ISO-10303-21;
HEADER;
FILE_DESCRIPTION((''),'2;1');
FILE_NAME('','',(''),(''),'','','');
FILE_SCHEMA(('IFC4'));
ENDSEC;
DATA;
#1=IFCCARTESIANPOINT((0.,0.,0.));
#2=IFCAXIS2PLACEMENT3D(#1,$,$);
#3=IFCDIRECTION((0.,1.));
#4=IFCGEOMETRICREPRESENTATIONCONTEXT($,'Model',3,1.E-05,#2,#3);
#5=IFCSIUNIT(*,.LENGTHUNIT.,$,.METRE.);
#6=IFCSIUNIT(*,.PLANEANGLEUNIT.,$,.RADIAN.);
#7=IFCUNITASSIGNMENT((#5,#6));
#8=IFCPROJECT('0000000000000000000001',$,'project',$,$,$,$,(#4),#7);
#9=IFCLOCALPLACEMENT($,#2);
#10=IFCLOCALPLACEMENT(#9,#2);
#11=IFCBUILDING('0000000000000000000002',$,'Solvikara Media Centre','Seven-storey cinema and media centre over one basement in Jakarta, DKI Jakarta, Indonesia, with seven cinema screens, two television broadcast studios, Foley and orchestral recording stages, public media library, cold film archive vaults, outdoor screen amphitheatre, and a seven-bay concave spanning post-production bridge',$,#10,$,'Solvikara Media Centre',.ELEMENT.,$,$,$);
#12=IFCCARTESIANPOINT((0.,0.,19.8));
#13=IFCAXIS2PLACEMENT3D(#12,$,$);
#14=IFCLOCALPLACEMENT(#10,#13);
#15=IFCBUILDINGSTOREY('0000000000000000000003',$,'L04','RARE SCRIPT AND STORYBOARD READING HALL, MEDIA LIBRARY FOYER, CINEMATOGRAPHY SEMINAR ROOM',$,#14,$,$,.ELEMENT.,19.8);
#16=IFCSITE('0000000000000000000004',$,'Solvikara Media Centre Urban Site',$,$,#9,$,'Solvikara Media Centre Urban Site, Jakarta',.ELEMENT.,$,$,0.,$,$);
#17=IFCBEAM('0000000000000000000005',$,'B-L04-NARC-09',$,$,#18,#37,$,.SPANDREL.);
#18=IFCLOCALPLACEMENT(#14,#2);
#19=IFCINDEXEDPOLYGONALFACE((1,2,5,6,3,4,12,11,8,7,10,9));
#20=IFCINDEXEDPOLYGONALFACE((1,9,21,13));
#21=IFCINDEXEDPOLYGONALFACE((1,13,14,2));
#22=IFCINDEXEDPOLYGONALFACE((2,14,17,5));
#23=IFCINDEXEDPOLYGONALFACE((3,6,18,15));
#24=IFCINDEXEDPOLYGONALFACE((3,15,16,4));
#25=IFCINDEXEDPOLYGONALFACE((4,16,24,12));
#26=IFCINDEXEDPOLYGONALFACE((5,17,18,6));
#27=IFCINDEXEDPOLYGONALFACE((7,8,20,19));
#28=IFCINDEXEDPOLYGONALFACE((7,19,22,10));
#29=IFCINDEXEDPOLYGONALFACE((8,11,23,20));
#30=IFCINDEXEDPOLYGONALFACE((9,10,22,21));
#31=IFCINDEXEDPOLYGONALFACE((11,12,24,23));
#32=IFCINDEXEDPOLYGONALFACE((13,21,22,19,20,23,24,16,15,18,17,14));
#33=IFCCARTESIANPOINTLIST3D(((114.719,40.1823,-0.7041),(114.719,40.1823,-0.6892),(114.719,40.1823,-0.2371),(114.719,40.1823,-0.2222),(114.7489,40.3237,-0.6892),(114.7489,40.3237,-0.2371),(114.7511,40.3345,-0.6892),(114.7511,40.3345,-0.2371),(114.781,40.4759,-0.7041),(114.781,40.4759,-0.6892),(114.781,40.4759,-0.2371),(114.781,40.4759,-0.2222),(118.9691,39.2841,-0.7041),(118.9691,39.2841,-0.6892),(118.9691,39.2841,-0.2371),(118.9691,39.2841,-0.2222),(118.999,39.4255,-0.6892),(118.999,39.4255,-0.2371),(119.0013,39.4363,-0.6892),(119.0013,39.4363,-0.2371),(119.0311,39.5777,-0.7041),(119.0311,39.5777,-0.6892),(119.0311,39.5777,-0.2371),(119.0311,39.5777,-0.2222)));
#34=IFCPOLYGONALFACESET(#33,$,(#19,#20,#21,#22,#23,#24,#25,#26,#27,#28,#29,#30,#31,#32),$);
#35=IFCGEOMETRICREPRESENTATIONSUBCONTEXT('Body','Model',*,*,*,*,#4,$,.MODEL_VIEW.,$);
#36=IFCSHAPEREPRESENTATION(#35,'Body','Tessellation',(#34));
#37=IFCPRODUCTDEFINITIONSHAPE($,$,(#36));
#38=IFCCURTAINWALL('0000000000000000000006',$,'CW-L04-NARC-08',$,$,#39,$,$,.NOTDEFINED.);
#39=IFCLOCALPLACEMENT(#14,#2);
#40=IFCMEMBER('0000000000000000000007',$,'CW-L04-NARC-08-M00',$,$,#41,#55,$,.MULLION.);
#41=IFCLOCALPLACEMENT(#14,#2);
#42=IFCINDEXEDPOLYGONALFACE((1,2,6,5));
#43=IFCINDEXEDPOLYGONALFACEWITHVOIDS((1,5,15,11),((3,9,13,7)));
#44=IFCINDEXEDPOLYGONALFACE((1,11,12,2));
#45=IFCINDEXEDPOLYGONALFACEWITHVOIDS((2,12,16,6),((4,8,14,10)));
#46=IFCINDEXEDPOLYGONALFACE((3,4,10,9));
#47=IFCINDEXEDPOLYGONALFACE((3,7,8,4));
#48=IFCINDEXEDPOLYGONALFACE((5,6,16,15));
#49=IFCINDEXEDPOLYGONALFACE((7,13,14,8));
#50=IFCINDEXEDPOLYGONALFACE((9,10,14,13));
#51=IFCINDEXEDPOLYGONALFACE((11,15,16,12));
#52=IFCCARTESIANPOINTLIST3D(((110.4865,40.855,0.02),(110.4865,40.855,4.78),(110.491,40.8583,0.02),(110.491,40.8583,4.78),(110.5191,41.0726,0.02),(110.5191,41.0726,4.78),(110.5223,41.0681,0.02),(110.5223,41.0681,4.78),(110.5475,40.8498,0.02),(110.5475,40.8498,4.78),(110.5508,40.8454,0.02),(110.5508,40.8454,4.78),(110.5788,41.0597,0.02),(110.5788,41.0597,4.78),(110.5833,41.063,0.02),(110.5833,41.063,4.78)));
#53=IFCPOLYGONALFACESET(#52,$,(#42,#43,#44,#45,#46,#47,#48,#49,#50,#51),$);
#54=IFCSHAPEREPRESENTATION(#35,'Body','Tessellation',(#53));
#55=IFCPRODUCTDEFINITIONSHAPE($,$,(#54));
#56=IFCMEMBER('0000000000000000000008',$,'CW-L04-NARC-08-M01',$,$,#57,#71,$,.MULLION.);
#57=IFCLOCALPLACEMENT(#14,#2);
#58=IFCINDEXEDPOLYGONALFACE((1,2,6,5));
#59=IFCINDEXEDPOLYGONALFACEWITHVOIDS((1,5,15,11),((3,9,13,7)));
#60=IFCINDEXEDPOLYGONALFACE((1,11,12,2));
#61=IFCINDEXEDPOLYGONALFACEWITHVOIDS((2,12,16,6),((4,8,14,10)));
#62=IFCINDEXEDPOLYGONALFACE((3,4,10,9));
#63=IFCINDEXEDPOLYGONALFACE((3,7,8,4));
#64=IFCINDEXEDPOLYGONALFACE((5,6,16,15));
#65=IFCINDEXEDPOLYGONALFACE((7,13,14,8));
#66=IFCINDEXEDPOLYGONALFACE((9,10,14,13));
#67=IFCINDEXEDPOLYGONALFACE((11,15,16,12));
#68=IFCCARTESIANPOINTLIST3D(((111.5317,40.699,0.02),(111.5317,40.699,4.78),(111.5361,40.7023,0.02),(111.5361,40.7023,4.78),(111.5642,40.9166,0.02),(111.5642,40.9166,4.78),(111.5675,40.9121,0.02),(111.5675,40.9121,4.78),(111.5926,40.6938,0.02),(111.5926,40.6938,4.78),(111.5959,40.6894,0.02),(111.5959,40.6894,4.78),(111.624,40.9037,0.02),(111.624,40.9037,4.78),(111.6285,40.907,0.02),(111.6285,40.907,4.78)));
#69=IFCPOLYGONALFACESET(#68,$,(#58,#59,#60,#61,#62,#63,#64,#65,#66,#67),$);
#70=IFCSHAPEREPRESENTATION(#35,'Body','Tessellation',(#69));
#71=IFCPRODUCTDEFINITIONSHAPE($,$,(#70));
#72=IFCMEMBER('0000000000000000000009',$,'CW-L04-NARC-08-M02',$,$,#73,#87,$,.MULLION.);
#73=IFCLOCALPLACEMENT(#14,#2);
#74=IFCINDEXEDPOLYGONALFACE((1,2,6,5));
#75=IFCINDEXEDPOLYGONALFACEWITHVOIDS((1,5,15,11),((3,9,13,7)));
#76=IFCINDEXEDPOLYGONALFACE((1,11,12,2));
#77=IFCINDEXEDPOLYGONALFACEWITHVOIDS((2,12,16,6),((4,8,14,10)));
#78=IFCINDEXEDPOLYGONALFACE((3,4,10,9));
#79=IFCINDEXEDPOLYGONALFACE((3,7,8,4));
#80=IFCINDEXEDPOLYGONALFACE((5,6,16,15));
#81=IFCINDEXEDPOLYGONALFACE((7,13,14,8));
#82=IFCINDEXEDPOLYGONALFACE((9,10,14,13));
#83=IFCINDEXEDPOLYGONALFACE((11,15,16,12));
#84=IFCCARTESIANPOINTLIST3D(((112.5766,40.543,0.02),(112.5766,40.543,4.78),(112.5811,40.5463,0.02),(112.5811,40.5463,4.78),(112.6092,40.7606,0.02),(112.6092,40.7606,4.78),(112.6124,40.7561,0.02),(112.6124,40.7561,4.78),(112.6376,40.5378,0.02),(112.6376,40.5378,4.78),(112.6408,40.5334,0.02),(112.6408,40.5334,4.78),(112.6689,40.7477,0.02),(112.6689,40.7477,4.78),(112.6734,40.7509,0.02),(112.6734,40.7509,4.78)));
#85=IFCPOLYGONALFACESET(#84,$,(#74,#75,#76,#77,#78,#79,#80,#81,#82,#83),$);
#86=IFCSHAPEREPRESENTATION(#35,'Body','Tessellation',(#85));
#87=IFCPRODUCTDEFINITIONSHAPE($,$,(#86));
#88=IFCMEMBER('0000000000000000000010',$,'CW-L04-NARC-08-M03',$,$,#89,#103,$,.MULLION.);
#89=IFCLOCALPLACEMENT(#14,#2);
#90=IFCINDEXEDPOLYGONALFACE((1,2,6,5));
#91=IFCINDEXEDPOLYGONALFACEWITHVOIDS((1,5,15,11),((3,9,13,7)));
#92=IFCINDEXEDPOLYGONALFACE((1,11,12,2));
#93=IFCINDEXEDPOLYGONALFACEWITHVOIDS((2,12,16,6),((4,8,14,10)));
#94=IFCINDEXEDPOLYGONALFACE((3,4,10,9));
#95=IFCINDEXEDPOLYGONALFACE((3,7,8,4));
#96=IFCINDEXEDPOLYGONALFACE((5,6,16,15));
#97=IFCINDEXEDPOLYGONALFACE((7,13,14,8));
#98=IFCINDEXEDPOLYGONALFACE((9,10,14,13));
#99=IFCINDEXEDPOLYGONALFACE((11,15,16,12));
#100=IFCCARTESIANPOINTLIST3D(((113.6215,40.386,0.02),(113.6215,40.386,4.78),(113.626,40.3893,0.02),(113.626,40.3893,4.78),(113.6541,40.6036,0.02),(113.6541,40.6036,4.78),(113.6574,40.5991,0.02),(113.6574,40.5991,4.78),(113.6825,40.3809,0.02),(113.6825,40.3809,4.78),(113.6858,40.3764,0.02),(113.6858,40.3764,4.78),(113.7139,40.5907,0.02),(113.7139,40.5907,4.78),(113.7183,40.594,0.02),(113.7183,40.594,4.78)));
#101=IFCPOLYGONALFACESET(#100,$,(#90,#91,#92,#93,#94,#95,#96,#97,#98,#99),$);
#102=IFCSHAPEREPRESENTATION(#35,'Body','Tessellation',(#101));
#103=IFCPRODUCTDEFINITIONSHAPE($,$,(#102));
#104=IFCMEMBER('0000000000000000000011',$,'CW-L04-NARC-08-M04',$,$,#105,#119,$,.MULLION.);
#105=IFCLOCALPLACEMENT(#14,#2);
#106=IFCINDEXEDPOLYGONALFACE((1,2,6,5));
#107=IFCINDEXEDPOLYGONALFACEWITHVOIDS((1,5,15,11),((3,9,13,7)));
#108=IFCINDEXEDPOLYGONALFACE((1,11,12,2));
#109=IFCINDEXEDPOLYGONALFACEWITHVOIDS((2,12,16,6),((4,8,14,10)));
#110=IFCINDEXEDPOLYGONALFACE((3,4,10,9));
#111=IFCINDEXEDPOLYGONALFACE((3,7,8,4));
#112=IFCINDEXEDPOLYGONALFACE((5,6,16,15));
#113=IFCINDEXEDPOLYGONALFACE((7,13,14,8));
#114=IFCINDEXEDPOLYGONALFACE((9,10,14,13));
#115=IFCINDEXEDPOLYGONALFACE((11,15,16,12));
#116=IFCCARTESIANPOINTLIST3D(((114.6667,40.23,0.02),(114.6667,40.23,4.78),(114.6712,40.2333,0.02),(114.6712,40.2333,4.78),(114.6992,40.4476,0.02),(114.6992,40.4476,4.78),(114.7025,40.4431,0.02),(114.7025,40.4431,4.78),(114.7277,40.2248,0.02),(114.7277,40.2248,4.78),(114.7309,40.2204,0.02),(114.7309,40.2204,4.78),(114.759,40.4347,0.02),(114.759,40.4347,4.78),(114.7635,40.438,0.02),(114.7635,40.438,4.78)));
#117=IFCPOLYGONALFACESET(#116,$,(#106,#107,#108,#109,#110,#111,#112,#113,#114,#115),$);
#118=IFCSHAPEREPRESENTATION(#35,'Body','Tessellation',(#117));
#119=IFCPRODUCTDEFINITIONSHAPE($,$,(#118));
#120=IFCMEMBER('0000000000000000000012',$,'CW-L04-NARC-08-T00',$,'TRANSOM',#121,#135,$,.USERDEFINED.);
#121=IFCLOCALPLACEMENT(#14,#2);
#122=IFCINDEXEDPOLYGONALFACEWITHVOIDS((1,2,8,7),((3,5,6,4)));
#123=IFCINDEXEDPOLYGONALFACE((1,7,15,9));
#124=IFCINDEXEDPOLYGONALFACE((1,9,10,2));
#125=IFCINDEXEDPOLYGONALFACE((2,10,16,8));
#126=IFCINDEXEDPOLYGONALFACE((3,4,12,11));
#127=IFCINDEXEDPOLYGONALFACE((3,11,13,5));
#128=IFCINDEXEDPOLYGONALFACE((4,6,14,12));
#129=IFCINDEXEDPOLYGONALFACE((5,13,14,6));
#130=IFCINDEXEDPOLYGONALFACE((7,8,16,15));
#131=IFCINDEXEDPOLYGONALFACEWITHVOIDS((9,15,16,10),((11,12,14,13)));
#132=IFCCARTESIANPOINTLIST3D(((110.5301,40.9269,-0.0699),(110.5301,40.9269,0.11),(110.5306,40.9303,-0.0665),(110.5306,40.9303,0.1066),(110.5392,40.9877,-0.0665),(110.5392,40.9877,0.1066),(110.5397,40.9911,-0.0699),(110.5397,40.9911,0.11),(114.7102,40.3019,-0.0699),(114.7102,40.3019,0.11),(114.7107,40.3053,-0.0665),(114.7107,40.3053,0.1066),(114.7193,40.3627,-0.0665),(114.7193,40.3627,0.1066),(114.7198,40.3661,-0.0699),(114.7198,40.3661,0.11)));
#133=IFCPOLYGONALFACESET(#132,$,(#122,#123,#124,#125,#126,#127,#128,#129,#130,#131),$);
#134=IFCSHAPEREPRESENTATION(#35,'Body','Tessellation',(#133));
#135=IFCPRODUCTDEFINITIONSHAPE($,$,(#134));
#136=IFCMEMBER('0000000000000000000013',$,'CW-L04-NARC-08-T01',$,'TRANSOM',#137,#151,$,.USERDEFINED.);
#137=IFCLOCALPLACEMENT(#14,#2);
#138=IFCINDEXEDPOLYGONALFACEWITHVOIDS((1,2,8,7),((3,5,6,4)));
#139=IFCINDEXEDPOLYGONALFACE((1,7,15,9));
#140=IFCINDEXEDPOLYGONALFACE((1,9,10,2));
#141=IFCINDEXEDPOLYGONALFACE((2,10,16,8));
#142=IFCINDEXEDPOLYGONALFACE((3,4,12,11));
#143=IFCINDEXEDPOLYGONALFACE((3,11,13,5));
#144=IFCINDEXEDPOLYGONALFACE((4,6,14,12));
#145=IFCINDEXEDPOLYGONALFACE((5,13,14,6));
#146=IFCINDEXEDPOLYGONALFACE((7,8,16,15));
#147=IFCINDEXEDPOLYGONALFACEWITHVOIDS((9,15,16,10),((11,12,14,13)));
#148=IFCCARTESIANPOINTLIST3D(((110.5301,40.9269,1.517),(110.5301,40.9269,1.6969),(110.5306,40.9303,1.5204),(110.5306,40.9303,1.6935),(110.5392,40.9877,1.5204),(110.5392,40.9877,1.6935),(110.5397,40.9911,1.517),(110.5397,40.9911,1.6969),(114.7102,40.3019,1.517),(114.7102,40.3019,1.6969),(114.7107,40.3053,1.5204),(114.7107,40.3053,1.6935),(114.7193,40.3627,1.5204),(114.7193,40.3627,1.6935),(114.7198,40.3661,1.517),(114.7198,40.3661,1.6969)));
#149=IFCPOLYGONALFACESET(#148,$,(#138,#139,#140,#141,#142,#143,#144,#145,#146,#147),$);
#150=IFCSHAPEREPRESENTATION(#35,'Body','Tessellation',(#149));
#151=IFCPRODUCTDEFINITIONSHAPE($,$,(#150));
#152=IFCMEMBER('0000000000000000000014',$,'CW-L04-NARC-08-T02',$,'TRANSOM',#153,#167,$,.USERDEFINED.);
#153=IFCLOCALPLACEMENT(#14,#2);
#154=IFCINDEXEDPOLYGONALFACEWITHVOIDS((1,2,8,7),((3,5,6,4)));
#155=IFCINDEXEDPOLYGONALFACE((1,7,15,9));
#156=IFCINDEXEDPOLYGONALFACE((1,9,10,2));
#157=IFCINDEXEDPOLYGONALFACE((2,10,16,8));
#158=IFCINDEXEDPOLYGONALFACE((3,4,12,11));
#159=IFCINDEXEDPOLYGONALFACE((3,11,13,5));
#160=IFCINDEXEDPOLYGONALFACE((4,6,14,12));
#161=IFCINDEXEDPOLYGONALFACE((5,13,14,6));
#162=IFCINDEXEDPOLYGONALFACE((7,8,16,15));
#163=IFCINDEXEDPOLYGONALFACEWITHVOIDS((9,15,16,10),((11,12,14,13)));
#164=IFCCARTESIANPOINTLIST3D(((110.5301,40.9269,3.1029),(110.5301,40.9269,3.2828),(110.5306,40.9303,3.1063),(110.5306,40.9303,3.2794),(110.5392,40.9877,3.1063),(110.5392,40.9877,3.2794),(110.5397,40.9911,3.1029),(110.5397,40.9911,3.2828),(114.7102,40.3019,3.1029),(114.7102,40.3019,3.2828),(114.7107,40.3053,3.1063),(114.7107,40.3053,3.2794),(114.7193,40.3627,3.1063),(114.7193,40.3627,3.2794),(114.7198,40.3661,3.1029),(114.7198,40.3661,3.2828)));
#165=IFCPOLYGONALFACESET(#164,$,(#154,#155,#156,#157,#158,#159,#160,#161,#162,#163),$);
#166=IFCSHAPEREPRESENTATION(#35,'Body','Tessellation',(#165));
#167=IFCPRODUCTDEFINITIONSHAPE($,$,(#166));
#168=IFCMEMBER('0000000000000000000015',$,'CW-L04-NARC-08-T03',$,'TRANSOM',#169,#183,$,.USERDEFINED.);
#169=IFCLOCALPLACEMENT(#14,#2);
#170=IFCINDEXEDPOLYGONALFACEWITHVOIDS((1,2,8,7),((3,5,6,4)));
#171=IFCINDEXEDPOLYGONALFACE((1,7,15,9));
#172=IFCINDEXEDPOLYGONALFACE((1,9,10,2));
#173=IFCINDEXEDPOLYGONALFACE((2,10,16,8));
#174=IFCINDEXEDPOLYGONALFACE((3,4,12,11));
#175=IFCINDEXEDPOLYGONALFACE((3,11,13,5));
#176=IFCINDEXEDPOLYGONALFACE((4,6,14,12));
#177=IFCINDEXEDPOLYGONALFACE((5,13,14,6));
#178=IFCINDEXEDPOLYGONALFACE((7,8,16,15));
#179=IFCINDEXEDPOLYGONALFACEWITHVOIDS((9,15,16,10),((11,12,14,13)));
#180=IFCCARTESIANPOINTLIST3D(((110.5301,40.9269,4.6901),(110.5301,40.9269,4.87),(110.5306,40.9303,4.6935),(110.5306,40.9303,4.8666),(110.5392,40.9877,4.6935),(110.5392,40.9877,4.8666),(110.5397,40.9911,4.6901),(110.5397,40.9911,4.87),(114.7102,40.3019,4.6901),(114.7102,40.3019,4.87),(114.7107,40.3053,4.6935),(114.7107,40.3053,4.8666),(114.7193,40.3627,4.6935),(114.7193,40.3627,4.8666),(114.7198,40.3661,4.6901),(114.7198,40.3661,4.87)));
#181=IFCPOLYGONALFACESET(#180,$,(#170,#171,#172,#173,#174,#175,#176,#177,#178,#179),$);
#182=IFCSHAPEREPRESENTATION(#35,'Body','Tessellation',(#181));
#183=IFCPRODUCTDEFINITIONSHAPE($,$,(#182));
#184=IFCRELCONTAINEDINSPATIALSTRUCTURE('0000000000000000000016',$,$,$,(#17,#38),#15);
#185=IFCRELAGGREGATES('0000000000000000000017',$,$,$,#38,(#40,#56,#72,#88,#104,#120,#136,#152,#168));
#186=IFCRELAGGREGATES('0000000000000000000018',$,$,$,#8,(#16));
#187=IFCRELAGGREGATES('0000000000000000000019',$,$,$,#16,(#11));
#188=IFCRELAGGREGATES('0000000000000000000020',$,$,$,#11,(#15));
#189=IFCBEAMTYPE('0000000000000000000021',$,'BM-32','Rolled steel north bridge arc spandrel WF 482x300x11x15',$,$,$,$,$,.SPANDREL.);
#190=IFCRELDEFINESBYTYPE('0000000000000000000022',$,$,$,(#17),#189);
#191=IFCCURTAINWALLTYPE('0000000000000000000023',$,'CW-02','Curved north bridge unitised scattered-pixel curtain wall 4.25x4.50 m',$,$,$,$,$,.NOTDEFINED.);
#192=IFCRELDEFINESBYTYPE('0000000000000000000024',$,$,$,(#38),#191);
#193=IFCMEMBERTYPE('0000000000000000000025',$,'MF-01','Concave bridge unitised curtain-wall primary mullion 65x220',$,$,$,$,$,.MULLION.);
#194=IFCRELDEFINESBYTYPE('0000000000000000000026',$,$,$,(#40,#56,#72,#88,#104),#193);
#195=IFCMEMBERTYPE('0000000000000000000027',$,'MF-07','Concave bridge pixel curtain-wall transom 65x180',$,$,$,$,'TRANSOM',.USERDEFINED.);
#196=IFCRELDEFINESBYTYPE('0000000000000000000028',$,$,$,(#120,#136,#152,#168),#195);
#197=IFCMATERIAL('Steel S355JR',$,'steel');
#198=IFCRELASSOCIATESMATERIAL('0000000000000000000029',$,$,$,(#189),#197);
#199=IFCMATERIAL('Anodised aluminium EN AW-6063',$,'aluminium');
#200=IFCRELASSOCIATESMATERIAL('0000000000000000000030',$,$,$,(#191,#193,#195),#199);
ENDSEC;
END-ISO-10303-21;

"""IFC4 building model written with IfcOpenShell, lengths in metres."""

from ifc_helpers import new_model, si_unit, direction, frame, origin, origin_2d, place, context, subcontext, project, spatial, hollow_rectangle, i_section, extrude, material, material_profile, profile_set, type_object, element, aggregate, save


model = new_model("IFC4")

# Units and contexts
model_context = context("Model", 3, precision=1e-05, world=origin(), true_north=direction((0.0, 1.0)))
body_context = subcontext(model_context, "Body", "Model", "MODEL_VIEW")
ifc_project = project(units=[si_unit("LENGTHUNIT", "METRE"), si_unit("PLANEANGLEUNIT", "RADIAN")], contexts=[model_context])

# Site, building, storey
site_placement = place(None, origin())
site = spatial("IfcSite", under=ifc_project, at=site_placement, Name="Solvikara Media Centre Urban Site", LongName="Solvikara Media Centre Urban Site, Jakarta", CompositionType="ELEMENT", RefElevation=0.0)
building_placement = place(site_placement, origin())
building = spatial("IfcBuilding", under=site, at=building_placement, Name="Solvikara Media Centre", Description="Seven-storey cinema and media centre over one basement in Jakarta, DKI Jakarta, Indonesia, with seven cinema screens, two television broadcast studios, Foley and orchestral recording stages, public media library, cold film archive vaults, outdoor screen amphitheatre, and a seven-bay concave spanning post-production bridge", LongName="Solvikara Media Centre", CompositionType="ELEMENT")
storey_placement = place(building_placement, frame((0.0, 0.0, 19.8)))
storey = spatial("IfcBuildingStorey", under=building, at=storey_placement, Name="L04", Description="RARE SCRIPT AND STORYBOARD READING HALL, MEDIA LIBRARY FOYER, CINEMATOGRAPHY SEMINAR ROOM", CompositionType="ELEMENT", Elevation=19.8)

# Beam
ifc_material_1 = material(Name="Steel S355JR", Category="steel")
ifc_material_profile_1 = material_profile(ifc_material_1, i_section(OverallWidth=0.3, OverallDepth=0.4819, WebThickness=0.011, FlangeThickness=0.0149, at=origin_2d()), Name="WF 482x300x11x15")
ifc_profile_set_1 = profile_set([ifc_material_profile_1], Name="Steel S355JR")
beam_type = type_object("IfcBeamType", Name="BM-32", Description="Rolled steel north bridge arc spandrel WF 482x300x11x15", PredefinedType="SPANDREL", material=ifc_profile_set_1)
beam_placement = place(storey_placement, frame((114.75, 40.3291, -0.4631), z_axis=(0.978389, -0.206772, 0.0), x_axis=(0.206772, 0.978389, 0.0)))
element("IfcBeam", 1, at=beam_placement, inside=storey, type_object=beam_type, Name="B-L04-NARC-09", PredefinedType="SPANDREL", context=body_context, shape_type="SweptSolid", body=[
    extrude(i_section(OverallWidth=0.3, OverallDepth=0.4819, WebThickness=0.011, FlangeThickness=0.0149, at=origin_2d()), origin(), (0.0, 0.0, 1.0), 4.344),
])

# Curtain wall, members
ifc_material_2 = material(Name="Anodised aluminium EN AW-6063", Category="aluminium")
curtain_wall_type = type_object("IfcCurtainWallType", Name="CW-02", Description="Curved north bridge unitised scattered-pixel curtain wall 4.25x4.50 m", PredefinedType="NOTDEFINED", material=ifc_material_2)
curtain_wall_placement = place(storey_placement, origin())
curtain_wall = element("IfcCurtainWall", 2, at=curtain_wall_placement, inside=storey, type_object=curtain_wall_type, Name="CW-L04-NARC-08", PredefinedType="NOTDEFINED")
ifc_material_profile_2 = material_profile(ifc_material_2, hollow_rectangle(XDim=0.0649, YDim=0.22, WallThickness=0.0039, at=origin_2d()), Name="ALU-M 65x220x4")
ifc_profile_set_2 = profile_set([ifc_material_profile_2], Name="Anodised aluminium EN AW-6063")
member_type_1 = type_object("IfcMemberType", Name="MF-01", Description="Concave bridge unitised curtain-wall primary mullion 65x220", PredefinedType="MULLION", material=ifc_profile_set_2)
member_1_placement = place(storey_placement, frame((110.5349, 40.959, 0.02), z_axis=(0.0, 0.0, 1.0), x_axis=(0.989006, -0.147878, 0.0)))
member_1 = element("IfcMember", 3, at=member_1_placement, type_object=member_type_1, Name="CW-L04-NARC-08-M00", PredefinedType="MULLION", context=body_context, shape_type="SweptSolid", body=[
    extrude(hollow_rectangle(XDim=0.0649, YDim=0.22, WallThickness=0.0039, at=origin_2d()), origin(), (0.0, 0.0, 1.0), 4.76),
])
member_2_placement = place(storey_placement, frame((111.5801, 40.803, 0.02), z_axis=(0.0, 0.0, 1.0), x_axis=(0.989006, -0.147878, 0.0)))
member_2 = element("IfcMember", 4, at=member_2_placement, type_object=member_type_1, Name="CW-L04-NARC-08-M01", PredefinedType="MULLION", context=body_context, shape_type="SweptSolid", body=[
    extrude(hollow_rectangle(XDim=0.0649, YDim=0.22, WallThickness=0.0039, at=origin_2d()), origin(), (0.0, 0.0, 1.0), 4.76),
])
member_3_placement = place(storey_placement, frame((112.625, 40.647, 0.02), z_axis=(0.0, 0.0, 1.0), x_axis=(0.989006, -0.147878, 0.0)))
member_3 = element("IfcMember", 5, at=member_3_placement, type_object=member_type_1, Name="CW-L04-NARC-08-M02", PredefinedType="MULLION", context=body_context, shape_type="SweptSolid", body=[
    extrude(hollow_rectangle(XDim=0.0649, YDim=0.22, WallThickness=0.0039, at=origin_2d()), origin(), (0.0, 0.0, 1.0), 4.76),
])
member_4_placement = place(storey_placement, frame((113.6699, 40.49, 0.02), z_axis=(0.0, 0.0, 1.0), x_axis=(0.989006, -0.147878, 0.0)))
member_4 = element("IfcMember", 6, at=member_4_placement, type_object=member_type_1, Name="CW-L04-NARC-08-M03", PredefinedType="MULLION", context=body_context, shape_type="SweptSolid", body=[
    extrude(hollow_rectangle(XDim=0.0649, YDim=0.22, WallThickness=0.0039, at=origin_2d()), origin(), (0.0, 0.0, 1.0), 4.76),
])
member_5_placement = place(storey_placement, frame((114.7151, 40.334, 0.02), z_axis=(0.0, 0.0, 1.0), x_axis=(0.989006, -0.147878, 0.0)))
member_5 = element("IfcMember", 7, at=member_5_placement, type_object=member_type_1, Name="CW-L04-NARC-08-M04", PredefinedType="MULLION", context=body_context, shape_type="SweptSolid", body=[
    extrude(hollow_rectangle(XDim=0.0649, YDim=0.22, WallThickness=0.0039, at=origin_2d()), origin(), (0.0, 0.0, 1.0), 4.76),
])
ifc_material_profile_3 = material_profile(ifc_material_2, hollow_rectangle(XDim=0.0649, YDim=0.1799, WallThickness=0.0034, at=origin_2d()), Name="ALU-T 65x180x3.5")
ifc_profile_set_3 = profile_set([ifc_material_profile_3], Name="Anodised aluminium EN AW-6063")
member_type_2 = type_object("IfcMemberType", Name="MF-07", Description="Concave bridge pixel curtain-wall transom 65x180", ElementType="TRANSOM", PredefinedType="USERDEFINED", material=ifc_profile_set_3)
member_6_placement = place(storey_placement, frame((110.5349, 40.959, 0.02), z_axis=(0.989007, -0.147872, 0.0), x_axis=(0.147872, 0.989007, 0.0)))
member_6 = element("IfcMember", 8, at=member_6_placement, type_object=member_type_2, Name="CW-L04-NARC-08-T00", ObjectType="TRANSOM", PredefinedType="USERDEFINED", context=body_context, shape_type="SweptSolid", body=[
    extrude(hollow_rectangle(XDim=0.0649, YDim=0.1799, WallThickness=0.0034, at=origin_2d()), origin(), (0.0, 0.0, 1.0), 4.2266),
])
member_7_placement = place(storey_placement, frame((110.5349, 40.959, 1.6069), z_axis=(0.989007, -0.147872, 0.0), x_axis=(0.147872, 0.989007, 0.0)))
member_7 = element("IfcMember", 9, at=member_7_placement, type_object=member_type_2, Name="CW-L04-NARC-08-T01", ObjectType="TRANSOM", PredefinedType="USERDEFINED", context=body_context, shape_type="SweptSolid", body=[
    extrude(hollow_rectangle(XDim=0.0649, YDim=0.1799, WallThickness=0.0034, at=origin_2d()), origin(), (0.0, 0.0, 1.0), 4.2266),
])
member_8_placement = place(storey_placement, frame((110.5349, 40.959, 3.1929), z_axis=(0.989007, -0.147872, 0.0), x_axis=(0.147872, 0.989007, 0.0)))
member_8 = element("IfcMember", 10, at=member_8_placement, type_object=member_type_2, Name="CW-L04-NARC-08-T02", ObjectType="TRANSOM", PredefinedType="USERDEFINED", context=body_context, shape_type="SweptSolid", body=[
    extrude(hollow_rectangle(XDim=0.0649, YDim=0.1799, WallThickness=0.0034, at=origin_2d()), origin(), (0.0, 0.0, 1.0), 4.2266),
])
member_9_placement = place(storey_placement, frame((110.5349, 40.959, 4.78), z_axis=(0.989007, -0.147872, 0.0), x_axis=(0.147872, 0.989007, 0.0)))
member_9 = element("IfcMember", 11, at=member_9_placement, type_object=member_type_2, Name="CW-L04-NARC-08-T03", ObjectType="TRANSOM", PredefinedType="USERDEFINED", context=body_context, shape_type="SweptSolid", body=[
    extrude(hollow_rectangle(XDim=0.0649, YDim=0.1799, WallThickness=0.0034, at=origin_2d()), origin(), (0.0, 0.0, 1.0), 4.2266),
])
aggregate(curtain_wall, [member_1, member_2, member_3, member_4, member_5, member_6, member_7, member_8, member_9])

save(model, "model.ifc")
